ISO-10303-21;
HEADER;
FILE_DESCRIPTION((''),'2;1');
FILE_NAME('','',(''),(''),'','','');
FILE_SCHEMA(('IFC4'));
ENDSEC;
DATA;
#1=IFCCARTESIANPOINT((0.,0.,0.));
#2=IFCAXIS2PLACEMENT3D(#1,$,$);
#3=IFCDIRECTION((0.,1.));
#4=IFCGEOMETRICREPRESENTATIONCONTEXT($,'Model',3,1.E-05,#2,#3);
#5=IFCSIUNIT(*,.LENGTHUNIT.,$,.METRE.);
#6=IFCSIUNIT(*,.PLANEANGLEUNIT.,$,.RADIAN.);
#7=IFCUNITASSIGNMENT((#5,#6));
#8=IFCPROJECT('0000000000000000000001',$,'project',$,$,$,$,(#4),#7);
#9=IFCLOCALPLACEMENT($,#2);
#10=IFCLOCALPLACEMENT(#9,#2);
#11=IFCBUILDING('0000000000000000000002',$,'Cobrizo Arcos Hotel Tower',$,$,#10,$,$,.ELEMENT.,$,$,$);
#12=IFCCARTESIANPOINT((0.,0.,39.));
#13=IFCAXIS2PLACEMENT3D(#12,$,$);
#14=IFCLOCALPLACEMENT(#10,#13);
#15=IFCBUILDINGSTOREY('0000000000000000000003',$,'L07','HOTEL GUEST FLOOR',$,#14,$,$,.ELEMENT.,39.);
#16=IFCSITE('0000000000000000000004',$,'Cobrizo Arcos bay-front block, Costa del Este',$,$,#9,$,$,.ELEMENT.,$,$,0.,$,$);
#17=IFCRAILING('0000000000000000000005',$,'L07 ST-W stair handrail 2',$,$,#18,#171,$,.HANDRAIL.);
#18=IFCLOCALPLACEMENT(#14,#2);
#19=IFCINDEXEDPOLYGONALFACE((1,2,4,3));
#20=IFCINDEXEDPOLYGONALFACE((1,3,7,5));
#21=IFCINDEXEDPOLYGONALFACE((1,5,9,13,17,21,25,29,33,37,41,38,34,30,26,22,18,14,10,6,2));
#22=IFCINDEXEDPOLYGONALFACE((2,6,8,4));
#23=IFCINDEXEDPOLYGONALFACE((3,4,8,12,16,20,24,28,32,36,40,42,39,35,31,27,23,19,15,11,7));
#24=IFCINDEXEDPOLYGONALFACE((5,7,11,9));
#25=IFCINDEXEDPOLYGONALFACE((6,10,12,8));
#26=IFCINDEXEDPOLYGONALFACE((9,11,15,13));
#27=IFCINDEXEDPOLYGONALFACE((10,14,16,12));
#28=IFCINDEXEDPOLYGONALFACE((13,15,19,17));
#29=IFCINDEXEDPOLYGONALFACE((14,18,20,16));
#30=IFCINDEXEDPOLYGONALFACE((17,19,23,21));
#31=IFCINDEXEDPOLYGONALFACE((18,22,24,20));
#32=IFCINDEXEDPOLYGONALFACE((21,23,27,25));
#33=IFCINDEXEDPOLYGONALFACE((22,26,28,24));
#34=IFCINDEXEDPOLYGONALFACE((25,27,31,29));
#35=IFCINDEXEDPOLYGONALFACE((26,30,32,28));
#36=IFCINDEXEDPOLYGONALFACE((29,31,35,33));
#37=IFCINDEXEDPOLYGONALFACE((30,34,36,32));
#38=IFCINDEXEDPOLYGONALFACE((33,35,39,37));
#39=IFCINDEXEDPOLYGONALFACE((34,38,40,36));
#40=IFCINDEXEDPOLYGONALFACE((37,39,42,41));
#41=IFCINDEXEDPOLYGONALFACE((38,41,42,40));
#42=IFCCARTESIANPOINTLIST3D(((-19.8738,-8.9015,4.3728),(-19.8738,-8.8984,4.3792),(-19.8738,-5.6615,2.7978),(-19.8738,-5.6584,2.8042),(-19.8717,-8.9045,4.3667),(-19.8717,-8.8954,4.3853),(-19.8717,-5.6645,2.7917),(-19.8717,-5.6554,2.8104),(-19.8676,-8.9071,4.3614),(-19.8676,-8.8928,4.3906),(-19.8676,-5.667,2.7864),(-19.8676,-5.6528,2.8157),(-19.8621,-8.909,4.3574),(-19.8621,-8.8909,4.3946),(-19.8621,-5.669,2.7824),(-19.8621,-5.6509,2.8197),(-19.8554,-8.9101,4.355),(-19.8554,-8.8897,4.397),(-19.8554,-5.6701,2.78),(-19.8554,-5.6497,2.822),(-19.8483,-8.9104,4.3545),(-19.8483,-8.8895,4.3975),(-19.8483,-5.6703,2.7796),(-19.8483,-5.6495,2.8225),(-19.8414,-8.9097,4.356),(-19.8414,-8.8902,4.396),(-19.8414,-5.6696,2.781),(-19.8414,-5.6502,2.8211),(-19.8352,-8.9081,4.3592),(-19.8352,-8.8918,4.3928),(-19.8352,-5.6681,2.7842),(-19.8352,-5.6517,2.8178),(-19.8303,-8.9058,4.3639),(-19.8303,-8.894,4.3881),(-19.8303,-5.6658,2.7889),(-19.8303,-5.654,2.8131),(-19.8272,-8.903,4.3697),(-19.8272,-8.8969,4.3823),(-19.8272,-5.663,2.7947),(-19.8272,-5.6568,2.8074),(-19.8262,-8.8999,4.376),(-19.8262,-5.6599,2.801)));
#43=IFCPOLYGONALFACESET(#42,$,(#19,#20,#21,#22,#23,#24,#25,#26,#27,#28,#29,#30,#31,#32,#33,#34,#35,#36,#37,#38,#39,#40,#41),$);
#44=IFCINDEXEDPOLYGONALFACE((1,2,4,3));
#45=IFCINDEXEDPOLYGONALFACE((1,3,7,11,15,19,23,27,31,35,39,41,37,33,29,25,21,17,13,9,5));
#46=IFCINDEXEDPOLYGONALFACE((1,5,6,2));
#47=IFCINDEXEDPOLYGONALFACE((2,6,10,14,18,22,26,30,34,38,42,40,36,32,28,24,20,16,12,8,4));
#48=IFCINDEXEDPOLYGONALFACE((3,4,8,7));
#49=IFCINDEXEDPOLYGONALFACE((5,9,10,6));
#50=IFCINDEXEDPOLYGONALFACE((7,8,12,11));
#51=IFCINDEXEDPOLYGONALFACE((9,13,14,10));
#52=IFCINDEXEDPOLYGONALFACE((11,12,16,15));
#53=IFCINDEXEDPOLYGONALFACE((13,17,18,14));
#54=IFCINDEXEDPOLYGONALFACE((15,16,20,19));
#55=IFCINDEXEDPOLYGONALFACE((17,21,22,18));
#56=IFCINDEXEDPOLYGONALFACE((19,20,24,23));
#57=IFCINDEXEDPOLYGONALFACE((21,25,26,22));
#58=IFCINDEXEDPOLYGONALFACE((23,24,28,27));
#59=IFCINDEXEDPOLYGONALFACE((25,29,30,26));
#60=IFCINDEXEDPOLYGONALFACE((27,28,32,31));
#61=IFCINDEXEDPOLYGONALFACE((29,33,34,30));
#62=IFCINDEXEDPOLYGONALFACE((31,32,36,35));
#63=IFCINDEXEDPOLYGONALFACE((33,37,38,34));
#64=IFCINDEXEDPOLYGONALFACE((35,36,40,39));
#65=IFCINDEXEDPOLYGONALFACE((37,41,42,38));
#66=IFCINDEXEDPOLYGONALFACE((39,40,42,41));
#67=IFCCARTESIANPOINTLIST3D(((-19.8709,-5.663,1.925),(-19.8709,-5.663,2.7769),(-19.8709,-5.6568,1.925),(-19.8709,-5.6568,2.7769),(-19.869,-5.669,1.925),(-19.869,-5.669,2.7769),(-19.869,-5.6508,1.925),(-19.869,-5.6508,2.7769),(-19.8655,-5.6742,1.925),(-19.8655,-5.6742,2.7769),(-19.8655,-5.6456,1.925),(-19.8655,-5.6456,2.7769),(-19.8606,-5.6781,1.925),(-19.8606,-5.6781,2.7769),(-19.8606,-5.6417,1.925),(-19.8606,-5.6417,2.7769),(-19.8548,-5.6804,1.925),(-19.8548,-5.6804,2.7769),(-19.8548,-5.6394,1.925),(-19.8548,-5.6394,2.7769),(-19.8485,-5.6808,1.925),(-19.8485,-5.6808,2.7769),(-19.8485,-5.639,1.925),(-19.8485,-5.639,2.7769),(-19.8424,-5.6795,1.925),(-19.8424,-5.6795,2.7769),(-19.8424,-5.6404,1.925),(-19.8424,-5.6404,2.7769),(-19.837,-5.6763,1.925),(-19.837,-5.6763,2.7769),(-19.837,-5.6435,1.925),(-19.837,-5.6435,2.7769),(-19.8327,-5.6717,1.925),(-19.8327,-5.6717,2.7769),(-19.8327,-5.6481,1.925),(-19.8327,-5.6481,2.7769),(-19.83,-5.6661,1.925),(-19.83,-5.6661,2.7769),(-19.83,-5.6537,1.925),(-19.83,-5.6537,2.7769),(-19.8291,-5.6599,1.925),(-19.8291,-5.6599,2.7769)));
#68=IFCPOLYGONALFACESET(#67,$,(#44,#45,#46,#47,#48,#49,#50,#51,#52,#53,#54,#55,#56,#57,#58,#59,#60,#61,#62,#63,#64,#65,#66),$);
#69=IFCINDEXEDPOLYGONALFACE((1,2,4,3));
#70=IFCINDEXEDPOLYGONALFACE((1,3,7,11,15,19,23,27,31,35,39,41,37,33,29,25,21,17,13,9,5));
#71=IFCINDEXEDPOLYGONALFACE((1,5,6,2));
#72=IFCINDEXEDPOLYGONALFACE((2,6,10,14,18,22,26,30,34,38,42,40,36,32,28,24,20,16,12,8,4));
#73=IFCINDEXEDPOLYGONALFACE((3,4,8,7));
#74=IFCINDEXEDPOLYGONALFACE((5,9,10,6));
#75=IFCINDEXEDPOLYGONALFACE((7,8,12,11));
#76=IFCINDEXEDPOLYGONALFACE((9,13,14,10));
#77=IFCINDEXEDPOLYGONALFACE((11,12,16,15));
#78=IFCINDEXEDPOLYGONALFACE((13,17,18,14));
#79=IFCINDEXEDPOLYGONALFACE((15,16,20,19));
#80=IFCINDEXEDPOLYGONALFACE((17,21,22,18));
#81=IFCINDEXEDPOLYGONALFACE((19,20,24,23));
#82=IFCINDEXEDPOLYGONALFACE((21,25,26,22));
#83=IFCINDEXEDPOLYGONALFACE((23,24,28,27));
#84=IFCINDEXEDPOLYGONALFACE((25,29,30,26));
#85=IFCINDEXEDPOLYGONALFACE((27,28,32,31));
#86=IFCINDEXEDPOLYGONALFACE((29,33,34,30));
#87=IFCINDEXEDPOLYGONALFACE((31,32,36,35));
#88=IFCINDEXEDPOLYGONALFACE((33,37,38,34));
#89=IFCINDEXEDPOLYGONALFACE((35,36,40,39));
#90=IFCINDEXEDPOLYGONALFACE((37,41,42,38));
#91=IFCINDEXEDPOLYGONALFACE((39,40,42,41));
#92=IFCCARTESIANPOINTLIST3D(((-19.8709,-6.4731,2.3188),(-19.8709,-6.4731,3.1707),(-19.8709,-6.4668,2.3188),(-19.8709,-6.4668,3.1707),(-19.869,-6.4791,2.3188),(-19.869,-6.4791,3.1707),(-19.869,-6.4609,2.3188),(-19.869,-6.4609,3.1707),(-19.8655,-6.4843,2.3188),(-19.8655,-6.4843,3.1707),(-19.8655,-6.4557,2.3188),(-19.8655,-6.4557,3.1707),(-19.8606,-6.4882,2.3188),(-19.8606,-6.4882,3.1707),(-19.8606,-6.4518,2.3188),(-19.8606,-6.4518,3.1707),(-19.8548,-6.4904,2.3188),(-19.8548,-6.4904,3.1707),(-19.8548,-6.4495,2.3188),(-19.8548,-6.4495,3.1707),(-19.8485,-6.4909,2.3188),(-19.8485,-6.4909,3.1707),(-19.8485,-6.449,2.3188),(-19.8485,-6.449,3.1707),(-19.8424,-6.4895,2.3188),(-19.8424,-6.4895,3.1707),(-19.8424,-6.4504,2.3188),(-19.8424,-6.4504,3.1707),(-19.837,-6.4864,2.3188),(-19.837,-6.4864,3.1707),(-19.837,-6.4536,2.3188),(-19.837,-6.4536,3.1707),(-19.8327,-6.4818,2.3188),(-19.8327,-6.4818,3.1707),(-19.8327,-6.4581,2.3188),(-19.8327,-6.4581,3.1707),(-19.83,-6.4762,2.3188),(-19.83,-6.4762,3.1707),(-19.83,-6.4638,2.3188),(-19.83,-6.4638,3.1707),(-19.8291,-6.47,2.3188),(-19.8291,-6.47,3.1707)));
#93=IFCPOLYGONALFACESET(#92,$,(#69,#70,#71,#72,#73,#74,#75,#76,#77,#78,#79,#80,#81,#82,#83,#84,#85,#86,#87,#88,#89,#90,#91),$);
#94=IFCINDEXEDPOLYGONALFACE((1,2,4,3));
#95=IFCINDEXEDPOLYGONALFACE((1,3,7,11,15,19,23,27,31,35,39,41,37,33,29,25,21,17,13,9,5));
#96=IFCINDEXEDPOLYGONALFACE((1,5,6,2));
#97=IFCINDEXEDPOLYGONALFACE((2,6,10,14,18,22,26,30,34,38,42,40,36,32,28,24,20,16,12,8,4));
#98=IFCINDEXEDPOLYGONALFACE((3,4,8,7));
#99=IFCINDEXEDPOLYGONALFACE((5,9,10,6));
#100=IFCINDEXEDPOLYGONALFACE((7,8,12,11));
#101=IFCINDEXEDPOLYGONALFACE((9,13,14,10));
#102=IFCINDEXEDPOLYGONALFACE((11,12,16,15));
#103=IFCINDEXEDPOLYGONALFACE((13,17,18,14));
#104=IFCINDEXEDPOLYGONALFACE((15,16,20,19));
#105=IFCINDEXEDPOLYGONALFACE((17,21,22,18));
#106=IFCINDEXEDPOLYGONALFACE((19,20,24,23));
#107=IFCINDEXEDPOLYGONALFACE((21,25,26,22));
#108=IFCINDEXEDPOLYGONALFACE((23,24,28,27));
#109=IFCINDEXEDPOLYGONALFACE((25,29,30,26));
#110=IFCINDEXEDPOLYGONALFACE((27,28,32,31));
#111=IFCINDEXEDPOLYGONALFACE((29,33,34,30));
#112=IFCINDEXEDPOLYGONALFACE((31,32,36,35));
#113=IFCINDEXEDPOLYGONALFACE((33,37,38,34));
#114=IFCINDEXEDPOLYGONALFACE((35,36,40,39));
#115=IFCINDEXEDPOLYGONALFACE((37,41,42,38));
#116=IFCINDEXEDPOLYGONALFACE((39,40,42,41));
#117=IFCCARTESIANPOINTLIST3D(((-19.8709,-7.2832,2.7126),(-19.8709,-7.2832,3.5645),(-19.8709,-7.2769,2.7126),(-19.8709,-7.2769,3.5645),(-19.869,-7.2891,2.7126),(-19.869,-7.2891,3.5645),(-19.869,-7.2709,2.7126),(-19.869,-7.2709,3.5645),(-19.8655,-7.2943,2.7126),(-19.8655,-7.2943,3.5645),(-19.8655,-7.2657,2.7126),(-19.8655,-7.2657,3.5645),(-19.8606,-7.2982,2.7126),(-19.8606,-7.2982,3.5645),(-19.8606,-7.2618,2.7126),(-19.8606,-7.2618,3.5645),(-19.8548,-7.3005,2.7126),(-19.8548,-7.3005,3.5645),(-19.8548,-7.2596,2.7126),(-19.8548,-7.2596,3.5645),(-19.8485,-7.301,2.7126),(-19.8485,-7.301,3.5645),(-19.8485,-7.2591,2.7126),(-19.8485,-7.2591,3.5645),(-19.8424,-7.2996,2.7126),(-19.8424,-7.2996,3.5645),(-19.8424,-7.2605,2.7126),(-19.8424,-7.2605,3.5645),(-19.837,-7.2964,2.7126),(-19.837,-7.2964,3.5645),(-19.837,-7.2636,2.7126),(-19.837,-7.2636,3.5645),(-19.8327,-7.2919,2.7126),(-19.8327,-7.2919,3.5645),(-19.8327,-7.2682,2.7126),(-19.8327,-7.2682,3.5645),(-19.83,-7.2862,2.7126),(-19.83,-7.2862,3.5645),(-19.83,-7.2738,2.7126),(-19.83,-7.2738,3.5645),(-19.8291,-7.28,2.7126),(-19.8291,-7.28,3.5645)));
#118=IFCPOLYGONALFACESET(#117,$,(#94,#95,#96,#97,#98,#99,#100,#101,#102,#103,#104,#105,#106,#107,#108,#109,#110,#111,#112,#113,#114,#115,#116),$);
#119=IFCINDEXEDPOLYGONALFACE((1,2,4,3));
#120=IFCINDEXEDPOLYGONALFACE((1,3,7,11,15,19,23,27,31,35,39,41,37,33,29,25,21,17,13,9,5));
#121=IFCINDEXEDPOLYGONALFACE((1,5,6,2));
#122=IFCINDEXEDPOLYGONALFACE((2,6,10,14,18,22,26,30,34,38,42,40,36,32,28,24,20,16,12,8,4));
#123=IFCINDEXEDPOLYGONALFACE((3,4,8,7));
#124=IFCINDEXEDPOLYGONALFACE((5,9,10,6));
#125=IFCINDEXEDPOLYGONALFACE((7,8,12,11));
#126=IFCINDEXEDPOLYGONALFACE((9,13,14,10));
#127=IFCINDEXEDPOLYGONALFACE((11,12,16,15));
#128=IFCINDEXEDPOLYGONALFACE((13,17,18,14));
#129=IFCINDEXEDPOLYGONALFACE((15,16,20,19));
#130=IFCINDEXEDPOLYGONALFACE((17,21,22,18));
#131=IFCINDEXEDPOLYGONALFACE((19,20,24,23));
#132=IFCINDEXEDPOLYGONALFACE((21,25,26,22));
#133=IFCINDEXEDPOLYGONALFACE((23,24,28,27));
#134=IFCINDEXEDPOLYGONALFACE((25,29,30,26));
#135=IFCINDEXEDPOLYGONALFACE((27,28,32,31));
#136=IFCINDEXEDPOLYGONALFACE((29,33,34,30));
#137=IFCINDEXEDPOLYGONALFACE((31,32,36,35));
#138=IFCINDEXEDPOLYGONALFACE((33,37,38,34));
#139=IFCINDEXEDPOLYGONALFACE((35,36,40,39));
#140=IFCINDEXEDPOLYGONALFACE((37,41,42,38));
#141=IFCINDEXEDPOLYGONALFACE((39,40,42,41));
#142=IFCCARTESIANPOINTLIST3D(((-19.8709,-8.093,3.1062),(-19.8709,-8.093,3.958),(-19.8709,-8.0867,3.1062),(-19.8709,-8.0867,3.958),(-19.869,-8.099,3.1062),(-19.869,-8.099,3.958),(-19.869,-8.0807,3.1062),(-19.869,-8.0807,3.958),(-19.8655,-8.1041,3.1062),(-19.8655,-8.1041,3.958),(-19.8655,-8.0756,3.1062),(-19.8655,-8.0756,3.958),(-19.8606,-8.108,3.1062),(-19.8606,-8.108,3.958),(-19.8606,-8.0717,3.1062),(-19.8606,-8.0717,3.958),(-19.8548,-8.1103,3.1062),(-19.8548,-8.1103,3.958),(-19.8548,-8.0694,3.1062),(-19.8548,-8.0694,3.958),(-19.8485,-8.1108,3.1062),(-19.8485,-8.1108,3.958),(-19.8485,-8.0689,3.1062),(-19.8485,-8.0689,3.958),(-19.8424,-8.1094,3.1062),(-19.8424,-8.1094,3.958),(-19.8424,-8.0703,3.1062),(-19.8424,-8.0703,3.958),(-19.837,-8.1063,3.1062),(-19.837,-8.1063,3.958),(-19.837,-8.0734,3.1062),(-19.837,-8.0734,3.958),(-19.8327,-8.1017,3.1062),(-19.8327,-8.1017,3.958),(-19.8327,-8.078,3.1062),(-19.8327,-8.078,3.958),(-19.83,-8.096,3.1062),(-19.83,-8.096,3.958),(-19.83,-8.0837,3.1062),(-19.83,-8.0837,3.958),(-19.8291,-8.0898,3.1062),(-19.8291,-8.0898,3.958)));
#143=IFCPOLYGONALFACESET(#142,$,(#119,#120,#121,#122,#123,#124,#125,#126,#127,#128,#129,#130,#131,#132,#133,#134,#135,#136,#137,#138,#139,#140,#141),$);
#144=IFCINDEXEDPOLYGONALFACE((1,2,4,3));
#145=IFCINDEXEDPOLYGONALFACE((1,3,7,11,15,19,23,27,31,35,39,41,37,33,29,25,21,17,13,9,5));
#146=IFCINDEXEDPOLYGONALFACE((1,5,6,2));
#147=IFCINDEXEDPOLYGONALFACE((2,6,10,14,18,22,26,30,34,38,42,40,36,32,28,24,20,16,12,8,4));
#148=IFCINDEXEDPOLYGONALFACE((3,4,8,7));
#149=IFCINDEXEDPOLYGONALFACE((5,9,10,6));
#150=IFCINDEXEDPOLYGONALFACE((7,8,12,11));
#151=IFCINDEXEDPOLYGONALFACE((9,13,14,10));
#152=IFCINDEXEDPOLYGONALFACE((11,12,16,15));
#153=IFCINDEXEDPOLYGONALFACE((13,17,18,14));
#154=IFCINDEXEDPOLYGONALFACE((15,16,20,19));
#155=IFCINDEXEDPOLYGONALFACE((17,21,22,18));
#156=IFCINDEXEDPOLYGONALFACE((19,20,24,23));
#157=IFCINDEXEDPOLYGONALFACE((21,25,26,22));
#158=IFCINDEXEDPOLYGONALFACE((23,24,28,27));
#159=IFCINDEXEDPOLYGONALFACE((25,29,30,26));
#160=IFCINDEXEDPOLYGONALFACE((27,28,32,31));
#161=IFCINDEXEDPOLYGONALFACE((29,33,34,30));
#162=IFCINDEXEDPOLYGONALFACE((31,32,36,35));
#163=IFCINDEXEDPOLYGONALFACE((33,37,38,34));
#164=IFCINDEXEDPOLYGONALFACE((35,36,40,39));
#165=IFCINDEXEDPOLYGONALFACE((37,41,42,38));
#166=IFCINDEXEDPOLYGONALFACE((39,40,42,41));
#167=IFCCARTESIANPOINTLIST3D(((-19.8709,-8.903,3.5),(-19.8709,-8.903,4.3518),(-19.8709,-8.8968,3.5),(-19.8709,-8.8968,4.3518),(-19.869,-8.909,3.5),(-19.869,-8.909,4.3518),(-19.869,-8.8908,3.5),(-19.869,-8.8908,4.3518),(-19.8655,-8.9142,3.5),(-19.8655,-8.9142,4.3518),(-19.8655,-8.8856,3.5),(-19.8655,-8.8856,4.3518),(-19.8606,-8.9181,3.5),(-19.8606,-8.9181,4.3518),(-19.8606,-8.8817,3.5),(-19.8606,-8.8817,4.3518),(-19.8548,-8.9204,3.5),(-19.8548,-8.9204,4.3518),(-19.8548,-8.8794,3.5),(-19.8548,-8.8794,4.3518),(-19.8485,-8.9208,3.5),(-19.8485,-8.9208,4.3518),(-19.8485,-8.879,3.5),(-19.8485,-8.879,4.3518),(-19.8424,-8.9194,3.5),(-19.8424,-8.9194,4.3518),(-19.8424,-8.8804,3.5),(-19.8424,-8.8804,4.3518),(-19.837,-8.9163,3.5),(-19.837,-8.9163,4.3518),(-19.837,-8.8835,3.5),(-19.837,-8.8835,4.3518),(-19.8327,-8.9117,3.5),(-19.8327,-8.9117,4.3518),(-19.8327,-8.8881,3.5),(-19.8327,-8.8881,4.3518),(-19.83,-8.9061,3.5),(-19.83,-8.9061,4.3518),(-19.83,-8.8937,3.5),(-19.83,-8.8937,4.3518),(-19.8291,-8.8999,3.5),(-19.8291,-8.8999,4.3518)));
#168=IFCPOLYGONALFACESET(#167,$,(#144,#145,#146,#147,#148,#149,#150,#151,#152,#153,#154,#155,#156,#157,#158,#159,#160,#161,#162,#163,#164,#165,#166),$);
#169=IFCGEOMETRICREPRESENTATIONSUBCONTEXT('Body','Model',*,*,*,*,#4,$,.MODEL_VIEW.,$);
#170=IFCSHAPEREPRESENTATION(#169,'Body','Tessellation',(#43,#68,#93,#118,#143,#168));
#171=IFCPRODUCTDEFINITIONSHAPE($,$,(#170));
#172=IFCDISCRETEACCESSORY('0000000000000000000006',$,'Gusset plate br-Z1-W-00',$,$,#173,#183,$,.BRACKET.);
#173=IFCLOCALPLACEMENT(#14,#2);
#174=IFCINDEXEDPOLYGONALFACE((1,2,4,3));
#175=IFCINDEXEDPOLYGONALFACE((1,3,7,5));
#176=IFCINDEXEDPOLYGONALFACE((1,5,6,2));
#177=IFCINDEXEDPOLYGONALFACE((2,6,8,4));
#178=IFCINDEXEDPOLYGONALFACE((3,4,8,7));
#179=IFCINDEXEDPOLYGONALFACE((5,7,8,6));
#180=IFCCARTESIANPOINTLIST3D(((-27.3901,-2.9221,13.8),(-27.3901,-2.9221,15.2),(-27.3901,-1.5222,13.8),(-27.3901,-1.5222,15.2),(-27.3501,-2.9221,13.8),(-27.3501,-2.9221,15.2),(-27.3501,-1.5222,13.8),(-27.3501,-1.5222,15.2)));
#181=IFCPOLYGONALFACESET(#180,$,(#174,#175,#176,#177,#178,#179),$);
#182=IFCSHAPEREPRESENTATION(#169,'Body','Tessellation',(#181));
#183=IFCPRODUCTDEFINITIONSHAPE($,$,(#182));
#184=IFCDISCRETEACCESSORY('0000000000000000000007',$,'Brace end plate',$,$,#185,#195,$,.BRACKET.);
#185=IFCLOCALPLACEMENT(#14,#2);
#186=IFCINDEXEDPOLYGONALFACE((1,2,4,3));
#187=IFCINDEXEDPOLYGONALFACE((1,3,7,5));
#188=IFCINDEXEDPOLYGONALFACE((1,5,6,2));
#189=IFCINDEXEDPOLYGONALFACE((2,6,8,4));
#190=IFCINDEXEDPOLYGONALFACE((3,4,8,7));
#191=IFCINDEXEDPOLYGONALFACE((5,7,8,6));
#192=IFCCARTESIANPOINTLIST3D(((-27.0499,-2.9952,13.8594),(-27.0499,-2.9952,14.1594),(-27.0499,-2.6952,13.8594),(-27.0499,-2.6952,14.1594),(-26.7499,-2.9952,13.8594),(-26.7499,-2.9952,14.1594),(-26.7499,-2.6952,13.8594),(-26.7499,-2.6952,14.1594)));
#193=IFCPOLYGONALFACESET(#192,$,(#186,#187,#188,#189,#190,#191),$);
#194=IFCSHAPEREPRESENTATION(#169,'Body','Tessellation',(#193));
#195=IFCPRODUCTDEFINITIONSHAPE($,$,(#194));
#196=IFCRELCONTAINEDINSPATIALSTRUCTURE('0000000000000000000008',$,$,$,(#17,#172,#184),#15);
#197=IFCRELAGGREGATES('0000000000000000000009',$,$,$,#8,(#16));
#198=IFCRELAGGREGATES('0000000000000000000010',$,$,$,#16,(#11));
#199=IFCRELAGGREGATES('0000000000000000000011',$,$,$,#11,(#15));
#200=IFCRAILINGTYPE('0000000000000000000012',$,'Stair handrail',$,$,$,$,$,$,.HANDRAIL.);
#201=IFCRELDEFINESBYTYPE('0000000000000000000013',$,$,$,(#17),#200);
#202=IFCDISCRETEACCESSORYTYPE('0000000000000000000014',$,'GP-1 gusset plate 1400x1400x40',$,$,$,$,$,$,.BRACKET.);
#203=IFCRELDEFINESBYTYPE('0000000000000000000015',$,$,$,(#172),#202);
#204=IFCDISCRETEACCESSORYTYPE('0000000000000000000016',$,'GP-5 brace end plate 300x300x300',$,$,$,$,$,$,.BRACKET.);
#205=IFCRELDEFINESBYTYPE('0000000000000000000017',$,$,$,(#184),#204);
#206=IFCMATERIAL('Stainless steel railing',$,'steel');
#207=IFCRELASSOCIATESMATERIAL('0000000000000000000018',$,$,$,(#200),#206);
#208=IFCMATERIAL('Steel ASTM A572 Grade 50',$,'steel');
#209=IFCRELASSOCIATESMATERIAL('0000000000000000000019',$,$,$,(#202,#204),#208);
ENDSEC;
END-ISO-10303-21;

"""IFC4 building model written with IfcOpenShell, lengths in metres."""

from ifc_helpers import new_model, si_unit, direction, frame, origin, origin_2d, place, context, subcontext, project, spatial, rectangle, circle, extrude, material, type_object, element, save


model = new_model("IFC4")

# Units and contexts
model_context = context("Model", 3, precision=1e-05, world=origin(), true_north=direction((0.0, 1.0)))
body_context = subcontext(model_context, "Body", "Model", "MODEL_VIEW")
ifc_project = project(units=[si_unit("LENGTHUNIT", "METRE"), si_unit("PLANEANGLEUNIT", "RADIAN")], contexts=[model_context])

# Site, building, storey
site_placement = place(None, origin())
site = spatial("IfcSite", under=ifc_project, at=site_placement, Name="Cobrizo Arcos bay-front block, Costa del Este", CompositionType="ELEMENT", RefElevation=0.0)
building_placement = place(site_placement, origin())
building = spatial("IfcBuilding", under=site, at=building_placement, Name="Cobrizo Arcos Hotel Tower", CompositionType="ELEMENT")
storey_placement = place(building_placement, frame((0.0, 0.0, 39.0)))
storey = spatial("IfcBuildingStorey", under=building, at=storey_placement, Name="L07", Description="HOTEL GUEST FLOOR", CompositionType="ELEMENT", Elevation=39.0)

# Shared definitions
ifc_material_1 = material(Name="Steel ASTM A572 Grade 50", Category="steel")

# Railing
ifc_material_2 = material(Name="Stainless steel railing", Category="steel")
railing_type_1 = type_object("IfcRailingType", Name="Stair handrail", PredefinedType="HANDRAIL", material=ifc_material_2)
railing_1_placement = place(storey_placement, frame((-19.8501, -5.6599, 1.925)))
element("IfcRailing", 1, at=railing_1_placement, inside=storey, type_object=railing_type_1, Name="L07 ST-W stair handrail 2", PredefinedType="HANDRAIL", context=body_context, shape_type="SweptSolid", body=[
    extrude(circle(Radius=0.0239, at=origin_2d()), frame((0.0, 0.0, 0.876), z_axis=(0.0, -0.899373, 0.437183), x_axis=(1.0, 0.0, 0.0)), (0.0, 0.0, 1.0), 3.6025),
    extrude(circle(Radius=0.021, at=origin_2d()), origin(), (0.0, 0.0, 1.0), 0.8518),
    extrude(circle(Radius=0.021, at=origin_2d()), frame((0.0, -0.8101, 0.3938)), (0.0, 0.0, 1.0), 0.8518),
    extrude(circle(Radius=0.021, at=origin_2d()), frame((0.0, -1.6201, 0.7876)), (0.0, 0.0, 1.0), 0.8518),
    extrude(circle(Radius=0.021, at=origin_2d()), frame((0.0, -2.4299, 1.1812)), (0.0, 0.0, 1.0), 0.8518),
    extrude(circle(Radius=0.021, at=origin_2d()), frame((0.0, -3.24, 1.575)), (0.0, 0.0, 1.0), 0.8518),
])

# Discrete accessories
discrete_accessory_type_1 = type_object("IfcDiscreteAccessoryType", Name="GP-1 gusset plate 1400x1400x40", PredefinedType="BRACKET", material=ifc_material_1)
discrete_accessory_1_placement = place(storey_placement, frame((-27.3701, -2.2222, 13.8), z_axis=(0.0, 0.0, 1.0), x_axis=(1.0, 0.0, 0.0)))
element("IfcDiscreteAccessory", 2, at=discrete_accessory_1_placement, inside=storey, type_object=discrete_accessory_type_1, Name="Gusset plate br-Z1-W-00", PredefinedType="BRACKET", context=body_context, shape_type="SweptSolid", body=[
    extrude(rectangle(XDim=0.04, YDim=1.3999, at=origin_2d()), origin(), (0.0, 0.0, 1.0), 1.3999),
])
discrete_accessory_type_2 = type_object("IfcDiscreteAccessoryType", Name="GP-5 brace end plate 300x300x300", PredefinedType="BRACKET", material=ifc_material_1)
discrete_accessory_2_placement = place(storey_placement, frame((-26.8999, -2.8452, 13.8594), z_axis=(0.0, 0.0, 1.0), x_axis=(1.0, 0.0, 0.0)))
element("IfcDiscreteAccessory", 3, at=discrete_accessory_2_placement, inside=storey, type_object=discrete_accessory_type_2, Name="Brace end plate", PredefinedType="BRACKET", context=body_context, shape_type="SweptSolid", body=[
    extrude(rectangle(XDim=0.3, YDim=0.3, at=origin_2d()), origin(), (0.0, 0.0, 1.0), 0.3),
])

save(model, "model.ifc")
